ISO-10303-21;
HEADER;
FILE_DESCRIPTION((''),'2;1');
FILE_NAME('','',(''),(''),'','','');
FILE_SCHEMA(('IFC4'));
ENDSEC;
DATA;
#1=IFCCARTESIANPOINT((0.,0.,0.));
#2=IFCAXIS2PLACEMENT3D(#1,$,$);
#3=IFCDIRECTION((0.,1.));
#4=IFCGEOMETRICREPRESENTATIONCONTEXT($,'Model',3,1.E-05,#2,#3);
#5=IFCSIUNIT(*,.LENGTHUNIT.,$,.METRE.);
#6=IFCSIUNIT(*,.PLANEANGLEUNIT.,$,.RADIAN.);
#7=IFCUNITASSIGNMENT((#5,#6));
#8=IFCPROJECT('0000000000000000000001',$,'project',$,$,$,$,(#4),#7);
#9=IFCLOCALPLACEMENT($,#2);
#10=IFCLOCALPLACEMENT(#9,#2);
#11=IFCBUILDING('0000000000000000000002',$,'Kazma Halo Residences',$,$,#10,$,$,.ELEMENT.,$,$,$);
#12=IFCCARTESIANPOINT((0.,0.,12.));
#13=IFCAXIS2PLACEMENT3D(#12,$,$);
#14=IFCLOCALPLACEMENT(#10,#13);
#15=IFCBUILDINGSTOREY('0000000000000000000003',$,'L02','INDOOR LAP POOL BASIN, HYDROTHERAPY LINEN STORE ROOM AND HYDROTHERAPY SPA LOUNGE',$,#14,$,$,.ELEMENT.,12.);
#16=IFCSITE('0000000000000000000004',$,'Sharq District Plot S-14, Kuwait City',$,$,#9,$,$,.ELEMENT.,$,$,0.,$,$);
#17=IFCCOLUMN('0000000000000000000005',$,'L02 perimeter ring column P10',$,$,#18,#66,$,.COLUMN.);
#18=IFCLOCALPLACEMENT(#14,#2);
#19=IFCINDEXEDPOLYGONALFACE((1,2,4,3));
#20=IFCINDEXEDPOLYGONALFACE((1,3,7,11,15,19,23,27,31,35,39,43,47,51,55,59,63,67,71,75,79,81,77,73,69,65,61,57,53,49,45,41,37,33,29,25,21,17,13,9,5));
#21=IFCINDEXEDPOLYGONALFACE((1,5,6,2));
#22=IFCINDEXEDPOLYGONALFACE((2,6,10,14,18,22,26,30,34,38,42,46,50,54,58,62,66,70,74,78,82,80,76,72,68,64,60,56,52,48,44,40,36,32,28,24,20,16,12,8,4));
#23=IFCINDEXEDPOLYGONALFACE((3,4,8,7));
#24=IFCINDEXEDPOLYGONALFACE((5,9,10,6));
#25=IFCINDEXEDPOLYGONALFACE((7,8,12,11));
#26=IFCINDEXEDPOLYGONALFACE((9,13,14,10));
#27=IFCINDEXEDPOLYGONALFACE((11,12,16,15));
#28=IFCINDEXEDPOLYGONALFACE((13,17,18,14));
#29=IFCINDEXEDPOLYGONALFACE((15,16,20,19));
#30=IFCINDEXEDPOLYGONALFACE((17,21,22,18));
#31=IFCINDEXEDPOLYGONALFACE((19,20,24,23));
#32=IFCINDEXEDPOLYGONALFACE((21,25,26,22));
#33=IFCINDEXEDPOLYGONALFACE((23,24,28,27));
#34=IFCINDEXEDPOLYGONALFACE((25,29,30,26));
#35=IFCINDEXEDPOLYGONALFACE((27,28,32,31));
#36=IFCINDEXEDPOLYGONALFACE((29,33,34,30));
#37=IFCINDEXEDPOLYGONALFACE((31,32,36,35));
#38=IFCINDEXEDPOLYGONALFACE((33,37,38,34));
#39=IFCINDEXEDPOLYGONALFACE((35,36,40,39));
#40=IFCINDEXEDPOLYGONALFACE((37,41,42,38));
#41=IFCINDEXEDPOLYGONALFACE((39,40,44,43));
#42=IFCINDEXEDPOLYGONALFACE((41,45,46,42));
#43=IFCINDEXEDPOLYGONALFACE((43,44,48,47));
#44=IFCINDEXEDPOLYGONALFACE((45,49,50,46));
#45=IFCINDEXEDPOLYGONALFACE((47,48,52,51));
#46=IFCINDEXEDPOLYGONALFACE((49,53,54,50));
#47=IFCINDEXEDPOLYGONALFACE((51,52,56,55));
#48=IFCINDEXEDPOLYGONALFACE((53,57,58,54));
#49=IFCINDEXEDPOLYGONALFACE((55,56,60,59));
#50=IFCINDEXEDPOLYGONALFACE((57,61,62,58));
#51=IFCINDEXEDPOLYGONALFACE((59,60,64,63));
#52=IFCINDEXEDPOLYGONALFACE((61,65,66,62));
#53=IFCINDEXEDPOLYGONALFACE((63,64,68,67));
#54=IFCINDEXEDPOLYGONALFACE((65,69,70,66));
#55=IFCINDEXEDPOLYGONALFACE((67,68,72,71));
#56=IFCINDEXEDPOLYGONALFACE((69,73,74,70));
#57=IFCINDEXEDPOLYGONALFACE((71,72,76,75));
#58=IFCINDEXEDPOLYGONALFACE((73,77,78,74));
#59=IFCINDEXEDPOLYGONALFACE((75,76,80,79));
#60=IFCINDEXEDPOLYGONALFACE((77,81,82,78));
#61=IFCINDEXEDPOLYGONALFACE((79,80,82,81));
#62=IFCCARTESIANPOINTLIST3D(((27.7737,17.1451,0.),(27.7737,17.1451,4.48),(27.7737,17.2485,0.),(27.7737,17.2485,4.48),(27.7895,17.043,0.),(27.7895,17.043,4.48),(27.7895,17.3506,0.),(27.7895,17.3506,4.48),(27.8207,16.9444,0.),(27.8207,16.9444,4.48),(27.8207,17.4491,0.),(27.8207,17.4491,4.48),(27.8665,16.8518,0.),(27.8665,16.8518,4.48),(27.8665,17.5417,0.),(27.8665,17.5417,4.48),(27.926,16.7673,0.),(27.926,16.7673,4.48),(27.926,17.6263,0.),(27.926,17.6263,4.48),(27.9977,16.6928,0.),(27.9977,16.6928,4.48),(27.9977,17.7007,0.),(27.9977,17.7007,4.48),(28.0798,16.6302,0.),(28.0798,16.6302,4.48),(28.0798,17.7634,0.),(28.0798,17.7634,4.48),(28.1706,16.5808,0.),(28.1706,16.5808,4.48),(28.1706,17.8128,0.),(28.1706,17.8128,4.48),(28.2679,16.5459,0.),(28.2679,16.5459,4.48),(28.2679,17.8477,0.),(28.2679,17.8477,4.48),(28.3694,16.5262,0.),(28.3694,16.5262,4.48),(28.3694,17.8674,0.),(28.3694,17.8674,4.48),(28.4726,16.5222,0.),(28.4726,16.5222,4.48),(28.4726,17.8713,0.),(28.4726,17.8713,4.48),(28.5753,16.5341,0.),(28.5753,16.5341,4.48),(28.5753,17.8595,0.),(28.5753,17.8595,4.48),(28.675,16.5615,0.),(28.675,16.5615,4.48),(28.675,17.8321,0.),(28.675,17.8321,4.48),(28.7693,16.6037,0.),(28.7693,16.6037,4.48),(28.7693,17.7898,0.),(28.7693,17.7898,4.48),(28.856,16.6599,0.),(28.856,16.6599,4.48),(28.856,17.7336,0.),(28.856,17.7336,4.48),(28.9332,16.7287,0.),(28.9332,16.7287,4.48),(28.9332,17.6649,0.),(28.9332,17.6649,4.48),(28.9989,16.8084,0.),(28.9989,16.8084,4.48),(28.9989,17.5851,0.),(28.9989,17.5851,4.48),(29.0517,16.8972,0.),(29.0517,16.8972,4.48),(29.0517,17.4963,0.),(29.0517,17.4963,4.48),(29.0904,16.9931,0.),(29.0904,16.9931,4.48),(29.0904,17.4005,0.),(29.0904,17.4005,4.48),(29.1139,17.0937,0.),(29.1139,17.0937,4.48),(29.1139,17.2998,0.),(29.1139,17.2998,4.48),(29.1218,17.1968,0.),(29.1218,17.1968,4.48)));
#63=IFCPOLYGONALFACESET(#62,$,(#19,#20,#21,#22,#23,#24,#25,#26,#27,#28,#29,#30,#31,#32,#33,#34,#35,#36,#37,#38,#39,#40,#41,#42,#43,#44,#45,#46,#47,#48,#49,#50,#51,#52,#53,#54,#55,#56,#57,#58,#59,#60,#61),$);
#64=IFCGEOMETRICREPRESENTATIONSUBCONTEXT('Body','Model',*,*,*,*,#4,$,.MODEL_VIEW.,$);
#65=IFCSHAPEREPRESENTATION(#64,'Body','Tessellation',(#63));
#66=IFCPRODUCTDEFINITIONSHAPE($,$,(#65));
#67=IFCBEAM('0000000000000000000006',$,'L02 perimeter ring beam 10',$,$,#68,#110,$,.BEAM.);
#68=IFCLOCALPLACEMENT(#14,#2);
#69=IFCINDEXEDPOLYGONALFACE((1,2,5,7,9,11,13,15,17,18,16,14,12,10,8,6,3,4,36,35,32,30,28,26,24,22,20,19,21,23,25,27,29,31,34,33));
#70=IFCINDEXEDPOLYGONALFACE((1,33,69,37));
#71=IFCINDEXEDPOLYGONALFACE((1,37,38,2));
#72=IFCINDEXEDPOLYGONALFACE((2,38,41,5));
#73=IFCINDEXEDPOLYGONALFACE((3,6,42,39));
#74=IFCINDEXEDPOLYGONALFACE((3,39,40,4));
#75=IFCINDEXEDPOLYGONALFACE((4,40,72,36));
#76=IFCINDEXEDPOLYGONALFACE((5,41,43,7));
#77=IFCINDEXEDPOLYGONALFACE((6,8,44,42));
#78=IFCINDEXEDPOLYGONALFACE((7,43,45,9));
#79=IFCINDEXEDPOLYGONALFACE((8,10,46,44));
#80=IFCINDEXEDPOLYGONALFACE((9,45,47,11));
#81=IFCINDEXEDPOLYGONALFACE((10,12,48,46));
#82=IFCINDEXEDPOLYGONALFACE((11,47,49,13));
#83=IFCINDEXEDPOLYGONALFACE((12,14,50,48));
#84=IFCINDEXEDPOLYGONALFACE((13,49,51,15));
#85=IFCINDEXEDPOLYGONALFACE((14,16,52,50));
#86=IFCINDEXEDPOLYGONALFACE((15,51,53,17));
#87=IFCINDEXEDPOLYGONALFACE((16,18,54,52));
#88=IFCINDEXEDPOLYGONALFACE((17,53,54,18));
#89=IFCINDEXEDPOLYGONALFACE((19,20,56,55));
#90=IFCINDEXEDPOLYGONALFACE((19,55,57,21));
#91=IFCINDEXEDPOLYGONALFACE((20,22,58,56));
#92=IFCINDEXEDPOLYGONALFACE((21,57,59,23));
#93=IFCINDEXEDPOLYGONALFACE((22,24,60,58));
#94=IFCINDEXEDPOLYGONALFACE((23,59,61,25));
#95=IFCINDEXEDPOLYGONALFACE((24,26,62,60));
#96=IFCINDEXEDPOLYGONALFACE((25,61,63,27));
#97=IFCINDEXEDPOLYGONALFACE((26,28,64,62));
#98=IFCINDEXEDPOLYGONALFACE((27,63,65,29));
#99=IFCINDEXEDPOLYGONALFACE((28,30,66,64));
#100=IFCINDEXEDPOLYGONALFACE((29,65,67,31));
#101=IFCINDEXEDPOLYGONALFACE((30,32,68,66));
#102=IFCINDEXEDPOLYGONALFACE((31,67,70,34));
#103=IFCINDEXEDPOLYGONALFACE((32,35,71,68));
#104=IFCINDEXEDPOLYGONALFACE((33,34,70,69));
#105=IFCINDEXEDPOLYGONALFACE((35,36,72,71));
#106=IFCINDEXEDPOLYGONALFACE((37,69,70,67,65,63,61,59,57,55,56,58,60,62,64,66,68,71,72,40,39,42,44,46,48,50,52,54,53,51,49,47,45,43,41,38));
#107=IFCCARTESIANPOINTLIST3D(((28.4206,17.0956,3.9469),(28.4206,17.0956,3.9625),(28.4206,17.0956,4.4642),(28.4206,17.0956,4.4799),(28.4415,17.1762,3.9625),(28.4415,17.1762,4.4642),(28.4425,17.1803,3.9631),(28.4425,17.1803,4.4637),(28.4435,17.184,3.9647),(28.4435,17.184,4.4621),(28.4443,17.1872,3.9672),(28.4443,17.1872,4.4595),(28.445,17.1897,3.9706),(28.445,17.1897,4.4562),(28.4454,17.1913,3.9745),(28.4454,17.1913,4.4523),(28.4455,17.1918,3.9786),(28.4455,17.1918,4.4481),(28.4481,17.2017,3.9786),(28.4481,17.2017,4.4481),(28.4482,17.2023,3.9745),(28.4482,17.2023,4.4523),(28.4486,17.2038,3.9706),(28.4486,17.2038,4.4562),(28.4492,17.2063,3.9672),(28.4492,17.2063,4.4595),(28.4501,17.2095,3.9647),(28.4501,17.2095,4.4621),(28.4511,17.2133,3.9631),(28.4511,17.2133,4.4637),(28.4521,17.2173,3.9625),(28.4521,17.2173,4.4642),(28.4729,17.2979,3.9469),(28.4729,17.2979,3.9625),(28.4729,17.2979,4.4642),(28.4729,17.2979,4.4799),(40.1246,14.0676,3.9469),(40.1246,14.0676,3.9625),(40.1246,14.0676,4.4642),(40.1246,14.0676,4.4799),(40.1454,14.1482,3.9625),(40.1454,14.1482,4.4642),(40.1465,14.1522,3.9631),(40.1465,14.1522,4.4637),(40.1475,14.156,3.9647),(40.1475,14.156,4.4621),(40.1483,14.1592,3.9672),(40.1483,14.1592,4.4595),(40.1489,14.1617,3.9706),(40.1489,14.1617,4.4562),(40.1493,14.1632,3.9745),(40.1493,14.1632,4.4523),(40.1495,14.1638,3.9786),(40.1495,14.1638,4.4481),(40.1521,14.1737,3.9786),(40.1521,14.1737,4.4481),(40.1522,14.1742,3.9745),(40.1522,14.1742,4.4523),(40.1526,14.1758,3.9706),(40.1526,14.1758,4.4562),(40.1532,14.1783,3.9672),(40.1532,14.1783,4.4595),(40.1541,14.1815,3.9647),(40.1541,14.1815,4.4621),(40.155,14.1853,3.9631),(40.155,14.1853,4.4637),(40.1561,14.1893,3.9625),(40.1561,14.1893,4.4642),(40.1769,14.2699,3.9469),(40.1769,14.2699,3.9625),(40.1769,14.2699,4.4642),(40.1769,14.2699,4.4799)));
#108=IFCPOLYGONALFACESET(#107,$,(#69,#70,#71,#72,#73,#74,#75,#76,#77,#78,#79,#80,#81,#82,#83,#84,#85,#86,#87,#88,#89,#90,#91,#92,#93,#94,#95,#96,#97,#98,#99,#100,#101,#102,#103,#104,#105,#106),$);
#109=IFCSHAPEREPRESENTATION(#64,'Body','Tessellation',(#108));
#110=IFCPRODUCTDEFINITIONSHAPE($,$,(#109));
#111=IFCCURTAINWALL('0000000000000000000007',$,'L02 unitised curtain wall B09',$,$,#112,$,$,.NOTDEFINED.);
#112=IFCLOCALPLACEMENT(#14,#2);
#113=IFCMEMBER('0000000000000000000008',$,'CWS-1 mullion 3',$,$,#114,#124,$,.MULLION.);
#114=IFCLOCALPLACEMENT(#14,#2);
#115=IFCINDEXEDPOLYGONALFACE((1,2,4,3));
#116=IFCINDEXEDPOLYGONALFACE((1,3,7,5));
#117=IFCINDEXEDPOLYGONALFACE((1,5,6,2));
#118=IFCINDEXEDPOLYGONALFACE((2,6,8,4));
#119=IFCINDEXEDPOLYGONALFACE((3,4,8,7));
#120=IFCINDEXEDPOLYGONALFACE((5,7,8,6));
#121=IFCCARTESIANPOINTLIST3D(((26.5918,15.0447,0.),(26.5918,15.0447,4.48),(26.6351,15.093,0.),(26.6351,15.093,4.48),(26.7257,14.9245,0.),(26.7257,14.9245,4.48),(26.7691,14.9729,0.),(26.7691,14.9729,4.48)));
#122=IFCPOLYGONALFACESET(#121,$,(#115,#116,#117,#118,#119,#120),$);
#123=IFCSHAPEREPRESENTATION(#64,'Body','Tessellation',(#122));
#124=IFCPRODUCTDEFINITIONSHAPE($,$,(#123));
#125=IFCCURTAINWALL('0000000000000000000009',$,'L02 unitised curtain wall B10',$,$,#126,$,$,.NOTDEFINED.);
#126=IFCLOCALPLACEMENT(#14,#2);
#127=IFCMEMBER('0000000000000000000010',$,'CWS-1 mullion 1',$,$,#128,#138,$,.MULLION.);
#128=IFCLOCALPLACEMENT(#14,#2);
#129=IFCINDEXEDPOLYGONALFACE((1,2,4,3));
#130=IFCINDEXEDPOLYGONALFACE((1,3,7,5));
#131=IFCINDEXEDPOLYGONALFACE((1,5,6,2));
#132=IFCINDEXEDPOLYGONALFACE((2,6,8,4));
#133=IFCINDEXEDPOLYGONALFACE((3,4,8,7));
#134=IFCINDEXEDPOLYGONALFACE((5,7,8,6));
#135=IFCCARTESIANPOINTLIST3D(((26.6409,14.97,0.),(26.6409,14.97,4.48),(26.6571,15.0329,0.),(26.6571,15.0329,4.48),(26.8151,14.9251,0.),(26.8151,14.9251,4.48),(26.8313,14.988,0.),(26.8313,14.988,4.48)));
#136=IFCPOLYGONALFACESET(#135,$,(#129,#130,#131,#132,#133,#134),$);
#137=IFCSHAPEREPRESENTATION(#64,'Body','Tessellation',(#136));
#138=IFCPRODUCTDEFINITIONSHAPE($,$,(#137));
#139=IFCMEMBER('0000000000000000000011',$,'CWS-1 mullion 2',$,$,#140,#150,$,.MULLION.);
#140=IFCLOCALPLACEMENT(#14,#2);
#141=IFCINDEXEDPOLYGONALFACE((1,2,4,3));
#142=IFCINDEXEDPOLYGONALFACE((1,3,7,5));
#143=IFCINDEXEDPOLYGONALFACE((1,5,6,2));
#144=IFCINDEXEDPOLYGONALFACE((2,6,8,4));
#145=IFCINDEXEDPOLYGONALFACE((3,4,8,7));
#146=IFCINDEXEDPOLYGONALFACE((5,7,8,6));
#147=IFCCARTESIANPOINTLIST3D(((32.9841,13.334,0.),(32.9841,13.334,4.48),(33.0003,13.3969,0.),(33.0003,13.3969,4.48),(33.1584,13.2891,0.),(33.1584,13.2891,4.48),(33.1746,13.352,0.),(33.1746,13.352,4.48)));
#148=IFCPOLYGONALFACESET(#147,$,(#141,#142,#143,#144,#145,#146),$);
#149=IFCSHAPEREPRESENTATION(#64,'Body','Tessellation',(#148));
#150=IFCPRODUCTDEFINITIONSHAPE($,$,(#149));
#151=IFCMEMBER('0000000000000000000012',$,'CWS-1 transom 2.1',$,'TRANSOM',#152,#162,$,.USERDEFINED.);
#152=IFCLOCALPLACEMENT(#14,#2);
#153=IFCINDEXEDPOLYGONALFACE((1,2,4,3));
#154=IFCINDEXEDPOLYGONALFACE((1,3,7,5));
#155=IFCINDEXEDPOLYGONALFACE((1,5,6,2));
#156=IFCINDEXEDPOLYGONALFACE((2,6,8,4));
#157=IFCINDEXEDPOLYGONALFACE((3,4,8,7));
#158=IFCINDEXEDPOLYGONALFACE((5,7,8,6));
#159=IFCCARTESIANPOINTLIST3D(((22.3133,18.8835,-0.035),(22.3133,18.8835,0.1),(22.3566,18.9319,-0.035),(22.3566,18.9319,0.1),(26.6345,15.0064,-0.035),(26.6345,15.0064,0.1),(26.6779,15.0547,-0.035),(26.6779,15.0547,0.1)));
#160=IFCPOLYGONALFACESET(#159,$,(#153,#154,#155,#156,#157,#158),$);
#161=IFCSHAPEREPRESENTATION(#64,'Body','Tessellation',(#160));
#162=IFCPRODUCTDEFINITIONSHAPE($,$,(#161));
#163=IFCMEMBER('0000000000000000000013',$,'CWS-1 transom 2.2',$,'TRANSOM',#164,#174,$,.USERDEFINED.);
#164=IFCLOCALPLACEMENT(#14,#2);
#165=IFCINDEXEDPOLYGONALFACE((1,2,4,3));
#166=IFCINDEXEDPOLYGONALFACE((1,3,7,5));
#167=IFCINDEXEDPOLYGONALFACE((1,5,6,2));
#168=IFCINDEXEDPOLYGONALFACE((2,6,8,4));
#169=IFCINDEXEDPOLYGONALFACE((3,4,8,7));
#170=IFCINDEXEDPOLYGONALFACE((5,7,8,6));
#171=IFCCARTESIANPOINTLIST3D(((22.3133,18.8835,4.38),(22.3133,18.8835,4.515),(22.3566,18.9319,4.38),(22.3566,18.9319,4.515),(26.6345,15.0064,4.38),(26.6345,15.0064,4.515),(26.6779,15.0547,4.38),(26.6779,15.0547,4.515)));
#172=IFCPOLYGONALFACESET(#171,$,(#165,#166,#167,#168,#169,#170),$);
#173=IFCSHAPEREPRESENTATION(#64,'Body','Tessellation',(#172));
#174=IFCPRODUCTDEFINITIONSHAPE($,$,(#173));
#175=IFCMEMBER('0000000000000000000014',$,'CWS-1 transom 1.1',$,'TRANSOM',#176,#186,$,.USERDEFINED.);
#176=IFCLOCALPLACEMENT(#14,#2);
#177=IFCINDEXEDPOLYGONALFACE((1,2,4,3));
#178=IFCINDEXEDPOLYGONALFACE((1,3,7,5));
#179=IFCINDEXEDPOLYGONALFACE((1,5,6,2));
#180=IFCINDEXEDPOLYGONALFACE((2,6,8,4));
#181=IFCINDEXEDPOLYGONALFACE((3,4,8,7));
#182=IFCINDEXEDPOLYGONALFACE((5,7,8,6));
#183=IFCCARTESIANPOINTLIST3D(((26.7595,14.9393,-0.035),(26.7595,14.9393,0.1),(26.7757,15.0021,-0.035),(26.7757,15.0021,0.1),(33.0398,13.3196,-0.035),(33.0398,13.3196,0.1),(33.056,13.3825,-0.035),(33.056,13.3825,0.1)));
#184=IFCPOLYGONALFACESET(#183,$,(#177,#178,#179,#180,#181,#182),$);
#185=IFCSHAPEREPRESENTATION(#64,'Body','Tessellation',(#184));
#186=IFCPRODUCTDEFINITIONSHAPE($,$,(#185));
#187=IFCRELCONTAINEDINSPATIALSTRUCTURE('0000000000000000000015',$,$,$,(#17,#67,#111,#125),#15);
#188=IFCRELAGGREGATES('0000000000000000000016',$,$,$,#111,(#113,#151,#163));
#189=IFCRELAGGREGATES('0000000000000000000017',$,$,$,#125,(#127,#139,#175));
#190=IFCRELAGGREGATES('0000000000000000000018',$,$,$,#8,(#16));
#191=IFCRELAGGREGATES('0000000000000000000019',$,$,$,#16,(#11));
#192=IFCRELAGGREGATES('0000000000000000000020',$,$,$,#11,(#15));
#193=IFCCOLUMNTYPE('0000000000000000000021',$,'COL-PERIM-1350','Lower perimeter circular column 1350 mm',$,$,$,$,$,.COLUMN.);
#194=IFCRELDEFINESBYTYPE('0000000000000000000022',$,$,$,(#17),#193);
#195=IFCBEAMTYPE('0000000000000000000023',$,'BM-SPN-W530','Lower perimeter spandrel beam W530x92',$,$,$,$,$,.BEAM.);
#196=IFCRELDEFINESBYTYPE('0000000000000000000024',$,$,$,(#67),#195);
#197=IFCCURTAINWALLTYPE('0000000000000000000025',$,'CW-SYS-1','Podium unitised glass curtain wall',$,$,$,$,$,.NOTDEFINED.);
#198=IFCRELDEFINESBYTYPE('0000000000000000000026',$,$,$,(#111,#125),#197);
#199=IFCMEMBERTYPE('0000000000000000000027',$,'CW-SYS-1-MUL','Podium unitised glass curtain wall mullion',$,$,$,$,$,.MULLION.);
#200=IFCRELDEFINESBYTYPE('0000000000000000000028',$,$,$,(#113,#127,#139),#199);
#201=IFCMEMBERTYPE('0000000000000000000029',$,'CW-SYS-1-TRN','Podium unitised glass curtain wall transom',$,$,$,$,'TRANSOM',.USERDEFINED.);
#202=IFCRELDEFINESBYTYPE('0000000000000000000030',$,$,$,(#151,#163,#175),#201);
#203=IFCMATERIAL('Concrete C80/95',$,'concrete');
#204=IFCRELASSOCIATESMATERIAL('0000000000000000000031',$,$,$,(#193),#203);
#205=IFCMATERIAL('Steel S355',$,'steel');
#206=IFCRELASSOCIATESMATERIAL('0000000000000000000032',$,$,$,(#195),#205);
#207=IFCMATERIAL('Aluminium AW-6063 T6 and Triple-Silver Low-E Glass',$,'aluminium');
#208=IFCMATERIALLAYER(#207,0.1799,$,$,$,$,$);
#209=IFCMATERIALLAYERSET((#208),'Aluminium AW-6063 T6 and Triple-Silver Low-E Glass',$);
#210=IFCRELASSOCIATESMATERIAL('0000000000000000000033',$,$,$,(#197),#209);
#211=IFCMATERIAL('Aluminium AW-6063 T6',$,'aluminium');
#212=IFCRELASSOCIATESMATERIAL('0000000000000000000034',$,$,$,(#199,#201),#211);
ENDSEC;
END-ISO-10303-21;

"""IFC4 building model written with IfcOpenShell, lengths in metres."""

from ifc_helpers import new_model, si_unit, direction, frame, origin, origin_2d, place, context, subcontext, project, spatial, rectangle, circle, i_section, extrude, material, layer, layer_set, material_profile, profile_set, type_object, element, aggregate, save


model = new_model("IFC4")

# Units and contexts
model_context = context("Model", 3, precision=1e-05, world=origin(), true_north=direction((0.0, 1.0)))
body_context = subcontext(model_context, "Body", "Model", "MODEL_VIEW")
ifc_project = project(units=[si_unit("LENGTHUNIT", "METRE"), si_unit("PLANEANGLEUNIT", "RADIAN")], contexts=[model_context])

# Site, building, storey
site_placement = place(None, origin())
site = spatial("IfcSite", under=ifc_project, at=site_placement, Name="Sharq District Plot S-14, Kuwait City", CompositionType="ELEMENT", RefElevation=0.0)
building_placement = place(site_placement, origin())
building = spatial("IfcBuilding", under=site, at=building_placement, Name="Kazma Halo Residences", CompositionType="ELEMENT")
storey_placement = place(building_placement, frame((0.0, 0.0, 12.0)))
storey = spatial("IfcBuildingStorey", under=building, at=storey_placement, Name="L02", Description="INDOOR LAP POOL BASIN, HYDROTHERAPY LINEN STORE ROOM AND HYDROTHERAPY SPA LOUNGE", CompositionType="ELEMENT", Elevation=12.0)

# Column
ifc_material_1 = material(Name="Concrete C80/95", Category="concrete")
ifc_material_profile_1 = material_profile(ifc_material_1, circle(Radius=0.675, at=origin_2d()), Name="CIRC1350")
ifc_profile_set_1 = profile_set([ifc_material_profile_1], Name="Concrete C80/95")
column_type = type_object("IfcColumnType", Name="COL-PERIM-1350", Description="Lower perimeter circular column 1350 mm", PredefinedType="COLUMN", material=ifc_profile_set_1)
column_placement = place(storey_placement, frame((28.4468, 17.1968, 0.0), z_axis=(0.0, 0.0, 1.0), x_axis=(1.0, 0.0, 0.0)))
element("IfcColumn", 1, at=column_placement, inside=storey, type_object=column_type, Name="L02 perimeter ring column P10", PredefinedType="COLUMN", context=body_context, shape_type="SweptSolid", body=[
    extrude(circle(Radius=0.675, at=origin_2d()), origin(), (0.0, 0.0, 1.0), 4.48),
])

# Beam
ifc_material_2 = material(Name="Steel S355", Category="steel")
ifc_material_profile_2 = material_profile(ifc_material_2, i_section(OverallWidth=0.209, OverallDepth=0.533, WebThickness=0.0103, FlangeThickness=0.0156, FilletRadius=0.0161, at=origin_2d()), Name="W530x92")
ifc_profile_set_2 = profile_set([ifc_material_profile_2], Name="Steel S355")
beam_type = type_object("IfcBeamType", Name="BM-SPN-W530", Description="Lower perimeter spandrel beam W530x92", PredefinedType="BEAM", material=ifc_profile_set_2)
beam_placement = place(storey_placement, frame((28.4468, 17.1968, 4.2134), z_axis=(0.968124, -0.250472, 0.0), x_axis=(0.250472, 0.968124, 0.0)))
element("IfcBeam", 2, at=beam_placement, inside=storey, type_object=beam_type, Name="L02 perimeter ring beam 10", PredefinedType="BEAM", context=body_context, shape_type="SweptSolid", body=[
    extrude(i_section(OverallWidth=0.209, OverallDepth=0.533, WebThickness=0.0103, FlangeThickness=0.0156, FilletRadius=0.0161, at=origin_2d()), origin(), (0.0, 0.0, 1.0), 12.0894),
])

# Curtain wall, member
ifc_material_3 = material(Name="Aluminium AW-6063 T6 and Triple-Silver Low-E Glass", Category="aluminium")
ifc_layer_1 = layer(ifc_material_3, 0.1799)
ifc_layer_set_1 = layer_set([ifc_layer_1], Name="Aluminium AW-6063 T6 and Triple-Silver Low-E Glass")
curtain_wall_type = type_object("IfcCurtainWallType", Name="CW-SYS-1", Description="Podium unitised glass curtain wall", PredefinedType="NOTDEFINED", material=ifc_layer_set_1)
curtain_wall_1_placement = place(storey_placement, origin())
curtain_wall_1 = element("IfcCurtainWall", 3, at=curtain_wall_1_placement, inside=storey, type_object=curtain_wall_type, Name="L02 unitised curtain wall B09", PredefinedType="NOTDEFINED")
ifc_material_4 = material(Name="Aluminium AW-6063 T6", Category="aluminium")
ifc_material_profile_3 = material_profile(ifc_material_4, rectangle(XDim=0.0649, YDim=0.1799, at=origin_2d()), Name="CWM-65x180")
ifc_profile_set_3 = profile_set([ifc_material_profile_3], Name="Aluminium AW-6063 T6")
member_type_1 = type_object("IfcMemberType", Name="CW-SYS-1-MUL", Description="Podium unitised glass curtain wall mullion", PredefinedType="MULLION", material=ifc_profile_set_3)
member_1_placement = place(storey_placement, frame((26.6804, 15.0088, 0.0), z_axis=(0.0, 0.0, 1.0), x_axis=(0.667848, 0.744298, 0.0)))
member_1 = element("IfcMember", 4, at=member_1_placement, type_object=member_type_1, Name="CWS-1 mullion 3", PredefinedType="MULLION", context=body_context, shape_type="SweptSolid", body=[
    extrude(rectangle(XDim=0.0649, YDim=0.1799, at=origin_2d()), origin(), (0.0, 0.0, 1.0), 4.48),
])

# Curtain wall, members
curtain_wall_2_placement = place(storey_placement, origin())
curtain_wall_2 = element("IfcCurtainWall", 5, at=curtain_wall_2_placement, inside=storey, type_object=curtain_wall_type, Name="L02 unitised curtain wall B10", PredefinedType="NOTDEFINED")
member_2_placement = place(storey_placement, frame((26.7361, 14.979, 0.0), z_axis=(0.0, 0.0, 1.0), x_axis=(0.249727, 0.968316, 0.0)))
member_2 = element("IfcMember", 6, at=member_2_placement, type_object=member_type_1, Name="CWS-1 mullion 1", PredefinedType="MULLION", context=body_context, shape_type="SweptSolid", body=[
    extrude(rectangle(XDim=0.0649, YDim=0.1799, at=origin_2d()), origin(), (0.0, 0.0, 1.0), 4.48),
])
member_3_placement = place(storey_placement, frame((33.0793, 13.343, 0.0), z_axis=(0.0, 0.0, 1.0), x_axis=(0.249727, 0.968316, 0.0)))
member_3 = element("IfcMember", 7, at=member_3_placement, type_object=member_type_1, Name="CWS-1 mullion 2", PredefinedType="MULLION", context=body_context, shape_type="SweptSolid", body=[
    extrude(rectangle(XDim=0.0649, YDim=0.1799, at=origin_2d()), origin(), (0.0, 0.0, 1.0), 4.48),
])

# Members
ifc_material_profile_4 = material_profile(ifc_material_4, rectangle(XDim=0.0649, YDim=0.135, at=origin_2d()), Name="CWT-65x135")
ifc_profile_set_4 = profile_set([ifc_material_profile_4], Name="Aluminium AW-6063 T6")
member_type_2 = type_object("IfcMemberType", Name="CW-SYS-1-TRN", Description="Podium unitised glass curtain wall transom", ElementType="TRANSOM", PredefinedType="USERDEFINED", material=ifc_profile_set_4)
member_4_placement = place(storey_placement, frame((22.335, 18.9077, 0.0325), z_axis=(0.744318, -0.667826, 0.0), x_axis=(0.667826, 0.744318, 0.0)))
member_4 = element("IfcMember", 8, at=member_4_placement, type_object=member_type_2, Name="CWS-1 transom 2.1", ObjectType="TRANSOM", PredefinedType="USERDEFINED", context=body_context, shape_type="SweptSolid", body=[
    extrude(rectangle(XDim=0.0649, YDim=0.135, at=origin_2d()), origin(), (0.0, 0.0, 1.0), 5.8057),
])
member_5_placement = place(storey_placement, frame((22.335, 18.9077, 4.4475), z_axis=(0.744318, -0.667826, 0.0), x_axis=(0.667826, 0.744318, 0.0)))
member_5 = element("IfcMember", 9, at=member_5_placement, type_object=member_type_2, Name="CWS-1 transom 2.2", ObjectType="TRANSOM", PredefinedType="USERDEFINED", context=body_context, shape_type="SweptSolid", body=[
    extrude(rectangle(XDim=0.0649, YDim=0.135, at=origin_2d()), origin(), (0.0, 0.0, 1.0), 5.8057),
])
member_6_placement = place(storey_placement, frame((26.7676, 14.9707, 0.0325), z_axis=(0.968318, -0.249721, 0.0), x_axis=(0.249721, 0.968318, 0.0)))
member_6 = element("IfcMember", 10, at=member_6_placement, type_object=member_type_2, Name="CWS-1 transom 1.1", ObjectType="TRANSOM", PredefinedType="USERDEFINED", context=body_context, shape_type="SweptSolid", body=[
    extrude(rectangle(XDim=0.0649, YDim=0.135, at=origin_2d()), origin(), (0.0, 0.0, 1.0), 6.4858),
])

aggregate(curtain_wall_1, [member_1, member_4, member_5])
aggregate(curtain_wall_2, [member_2, member_3, member_6])

save(model, "model.ifc")
